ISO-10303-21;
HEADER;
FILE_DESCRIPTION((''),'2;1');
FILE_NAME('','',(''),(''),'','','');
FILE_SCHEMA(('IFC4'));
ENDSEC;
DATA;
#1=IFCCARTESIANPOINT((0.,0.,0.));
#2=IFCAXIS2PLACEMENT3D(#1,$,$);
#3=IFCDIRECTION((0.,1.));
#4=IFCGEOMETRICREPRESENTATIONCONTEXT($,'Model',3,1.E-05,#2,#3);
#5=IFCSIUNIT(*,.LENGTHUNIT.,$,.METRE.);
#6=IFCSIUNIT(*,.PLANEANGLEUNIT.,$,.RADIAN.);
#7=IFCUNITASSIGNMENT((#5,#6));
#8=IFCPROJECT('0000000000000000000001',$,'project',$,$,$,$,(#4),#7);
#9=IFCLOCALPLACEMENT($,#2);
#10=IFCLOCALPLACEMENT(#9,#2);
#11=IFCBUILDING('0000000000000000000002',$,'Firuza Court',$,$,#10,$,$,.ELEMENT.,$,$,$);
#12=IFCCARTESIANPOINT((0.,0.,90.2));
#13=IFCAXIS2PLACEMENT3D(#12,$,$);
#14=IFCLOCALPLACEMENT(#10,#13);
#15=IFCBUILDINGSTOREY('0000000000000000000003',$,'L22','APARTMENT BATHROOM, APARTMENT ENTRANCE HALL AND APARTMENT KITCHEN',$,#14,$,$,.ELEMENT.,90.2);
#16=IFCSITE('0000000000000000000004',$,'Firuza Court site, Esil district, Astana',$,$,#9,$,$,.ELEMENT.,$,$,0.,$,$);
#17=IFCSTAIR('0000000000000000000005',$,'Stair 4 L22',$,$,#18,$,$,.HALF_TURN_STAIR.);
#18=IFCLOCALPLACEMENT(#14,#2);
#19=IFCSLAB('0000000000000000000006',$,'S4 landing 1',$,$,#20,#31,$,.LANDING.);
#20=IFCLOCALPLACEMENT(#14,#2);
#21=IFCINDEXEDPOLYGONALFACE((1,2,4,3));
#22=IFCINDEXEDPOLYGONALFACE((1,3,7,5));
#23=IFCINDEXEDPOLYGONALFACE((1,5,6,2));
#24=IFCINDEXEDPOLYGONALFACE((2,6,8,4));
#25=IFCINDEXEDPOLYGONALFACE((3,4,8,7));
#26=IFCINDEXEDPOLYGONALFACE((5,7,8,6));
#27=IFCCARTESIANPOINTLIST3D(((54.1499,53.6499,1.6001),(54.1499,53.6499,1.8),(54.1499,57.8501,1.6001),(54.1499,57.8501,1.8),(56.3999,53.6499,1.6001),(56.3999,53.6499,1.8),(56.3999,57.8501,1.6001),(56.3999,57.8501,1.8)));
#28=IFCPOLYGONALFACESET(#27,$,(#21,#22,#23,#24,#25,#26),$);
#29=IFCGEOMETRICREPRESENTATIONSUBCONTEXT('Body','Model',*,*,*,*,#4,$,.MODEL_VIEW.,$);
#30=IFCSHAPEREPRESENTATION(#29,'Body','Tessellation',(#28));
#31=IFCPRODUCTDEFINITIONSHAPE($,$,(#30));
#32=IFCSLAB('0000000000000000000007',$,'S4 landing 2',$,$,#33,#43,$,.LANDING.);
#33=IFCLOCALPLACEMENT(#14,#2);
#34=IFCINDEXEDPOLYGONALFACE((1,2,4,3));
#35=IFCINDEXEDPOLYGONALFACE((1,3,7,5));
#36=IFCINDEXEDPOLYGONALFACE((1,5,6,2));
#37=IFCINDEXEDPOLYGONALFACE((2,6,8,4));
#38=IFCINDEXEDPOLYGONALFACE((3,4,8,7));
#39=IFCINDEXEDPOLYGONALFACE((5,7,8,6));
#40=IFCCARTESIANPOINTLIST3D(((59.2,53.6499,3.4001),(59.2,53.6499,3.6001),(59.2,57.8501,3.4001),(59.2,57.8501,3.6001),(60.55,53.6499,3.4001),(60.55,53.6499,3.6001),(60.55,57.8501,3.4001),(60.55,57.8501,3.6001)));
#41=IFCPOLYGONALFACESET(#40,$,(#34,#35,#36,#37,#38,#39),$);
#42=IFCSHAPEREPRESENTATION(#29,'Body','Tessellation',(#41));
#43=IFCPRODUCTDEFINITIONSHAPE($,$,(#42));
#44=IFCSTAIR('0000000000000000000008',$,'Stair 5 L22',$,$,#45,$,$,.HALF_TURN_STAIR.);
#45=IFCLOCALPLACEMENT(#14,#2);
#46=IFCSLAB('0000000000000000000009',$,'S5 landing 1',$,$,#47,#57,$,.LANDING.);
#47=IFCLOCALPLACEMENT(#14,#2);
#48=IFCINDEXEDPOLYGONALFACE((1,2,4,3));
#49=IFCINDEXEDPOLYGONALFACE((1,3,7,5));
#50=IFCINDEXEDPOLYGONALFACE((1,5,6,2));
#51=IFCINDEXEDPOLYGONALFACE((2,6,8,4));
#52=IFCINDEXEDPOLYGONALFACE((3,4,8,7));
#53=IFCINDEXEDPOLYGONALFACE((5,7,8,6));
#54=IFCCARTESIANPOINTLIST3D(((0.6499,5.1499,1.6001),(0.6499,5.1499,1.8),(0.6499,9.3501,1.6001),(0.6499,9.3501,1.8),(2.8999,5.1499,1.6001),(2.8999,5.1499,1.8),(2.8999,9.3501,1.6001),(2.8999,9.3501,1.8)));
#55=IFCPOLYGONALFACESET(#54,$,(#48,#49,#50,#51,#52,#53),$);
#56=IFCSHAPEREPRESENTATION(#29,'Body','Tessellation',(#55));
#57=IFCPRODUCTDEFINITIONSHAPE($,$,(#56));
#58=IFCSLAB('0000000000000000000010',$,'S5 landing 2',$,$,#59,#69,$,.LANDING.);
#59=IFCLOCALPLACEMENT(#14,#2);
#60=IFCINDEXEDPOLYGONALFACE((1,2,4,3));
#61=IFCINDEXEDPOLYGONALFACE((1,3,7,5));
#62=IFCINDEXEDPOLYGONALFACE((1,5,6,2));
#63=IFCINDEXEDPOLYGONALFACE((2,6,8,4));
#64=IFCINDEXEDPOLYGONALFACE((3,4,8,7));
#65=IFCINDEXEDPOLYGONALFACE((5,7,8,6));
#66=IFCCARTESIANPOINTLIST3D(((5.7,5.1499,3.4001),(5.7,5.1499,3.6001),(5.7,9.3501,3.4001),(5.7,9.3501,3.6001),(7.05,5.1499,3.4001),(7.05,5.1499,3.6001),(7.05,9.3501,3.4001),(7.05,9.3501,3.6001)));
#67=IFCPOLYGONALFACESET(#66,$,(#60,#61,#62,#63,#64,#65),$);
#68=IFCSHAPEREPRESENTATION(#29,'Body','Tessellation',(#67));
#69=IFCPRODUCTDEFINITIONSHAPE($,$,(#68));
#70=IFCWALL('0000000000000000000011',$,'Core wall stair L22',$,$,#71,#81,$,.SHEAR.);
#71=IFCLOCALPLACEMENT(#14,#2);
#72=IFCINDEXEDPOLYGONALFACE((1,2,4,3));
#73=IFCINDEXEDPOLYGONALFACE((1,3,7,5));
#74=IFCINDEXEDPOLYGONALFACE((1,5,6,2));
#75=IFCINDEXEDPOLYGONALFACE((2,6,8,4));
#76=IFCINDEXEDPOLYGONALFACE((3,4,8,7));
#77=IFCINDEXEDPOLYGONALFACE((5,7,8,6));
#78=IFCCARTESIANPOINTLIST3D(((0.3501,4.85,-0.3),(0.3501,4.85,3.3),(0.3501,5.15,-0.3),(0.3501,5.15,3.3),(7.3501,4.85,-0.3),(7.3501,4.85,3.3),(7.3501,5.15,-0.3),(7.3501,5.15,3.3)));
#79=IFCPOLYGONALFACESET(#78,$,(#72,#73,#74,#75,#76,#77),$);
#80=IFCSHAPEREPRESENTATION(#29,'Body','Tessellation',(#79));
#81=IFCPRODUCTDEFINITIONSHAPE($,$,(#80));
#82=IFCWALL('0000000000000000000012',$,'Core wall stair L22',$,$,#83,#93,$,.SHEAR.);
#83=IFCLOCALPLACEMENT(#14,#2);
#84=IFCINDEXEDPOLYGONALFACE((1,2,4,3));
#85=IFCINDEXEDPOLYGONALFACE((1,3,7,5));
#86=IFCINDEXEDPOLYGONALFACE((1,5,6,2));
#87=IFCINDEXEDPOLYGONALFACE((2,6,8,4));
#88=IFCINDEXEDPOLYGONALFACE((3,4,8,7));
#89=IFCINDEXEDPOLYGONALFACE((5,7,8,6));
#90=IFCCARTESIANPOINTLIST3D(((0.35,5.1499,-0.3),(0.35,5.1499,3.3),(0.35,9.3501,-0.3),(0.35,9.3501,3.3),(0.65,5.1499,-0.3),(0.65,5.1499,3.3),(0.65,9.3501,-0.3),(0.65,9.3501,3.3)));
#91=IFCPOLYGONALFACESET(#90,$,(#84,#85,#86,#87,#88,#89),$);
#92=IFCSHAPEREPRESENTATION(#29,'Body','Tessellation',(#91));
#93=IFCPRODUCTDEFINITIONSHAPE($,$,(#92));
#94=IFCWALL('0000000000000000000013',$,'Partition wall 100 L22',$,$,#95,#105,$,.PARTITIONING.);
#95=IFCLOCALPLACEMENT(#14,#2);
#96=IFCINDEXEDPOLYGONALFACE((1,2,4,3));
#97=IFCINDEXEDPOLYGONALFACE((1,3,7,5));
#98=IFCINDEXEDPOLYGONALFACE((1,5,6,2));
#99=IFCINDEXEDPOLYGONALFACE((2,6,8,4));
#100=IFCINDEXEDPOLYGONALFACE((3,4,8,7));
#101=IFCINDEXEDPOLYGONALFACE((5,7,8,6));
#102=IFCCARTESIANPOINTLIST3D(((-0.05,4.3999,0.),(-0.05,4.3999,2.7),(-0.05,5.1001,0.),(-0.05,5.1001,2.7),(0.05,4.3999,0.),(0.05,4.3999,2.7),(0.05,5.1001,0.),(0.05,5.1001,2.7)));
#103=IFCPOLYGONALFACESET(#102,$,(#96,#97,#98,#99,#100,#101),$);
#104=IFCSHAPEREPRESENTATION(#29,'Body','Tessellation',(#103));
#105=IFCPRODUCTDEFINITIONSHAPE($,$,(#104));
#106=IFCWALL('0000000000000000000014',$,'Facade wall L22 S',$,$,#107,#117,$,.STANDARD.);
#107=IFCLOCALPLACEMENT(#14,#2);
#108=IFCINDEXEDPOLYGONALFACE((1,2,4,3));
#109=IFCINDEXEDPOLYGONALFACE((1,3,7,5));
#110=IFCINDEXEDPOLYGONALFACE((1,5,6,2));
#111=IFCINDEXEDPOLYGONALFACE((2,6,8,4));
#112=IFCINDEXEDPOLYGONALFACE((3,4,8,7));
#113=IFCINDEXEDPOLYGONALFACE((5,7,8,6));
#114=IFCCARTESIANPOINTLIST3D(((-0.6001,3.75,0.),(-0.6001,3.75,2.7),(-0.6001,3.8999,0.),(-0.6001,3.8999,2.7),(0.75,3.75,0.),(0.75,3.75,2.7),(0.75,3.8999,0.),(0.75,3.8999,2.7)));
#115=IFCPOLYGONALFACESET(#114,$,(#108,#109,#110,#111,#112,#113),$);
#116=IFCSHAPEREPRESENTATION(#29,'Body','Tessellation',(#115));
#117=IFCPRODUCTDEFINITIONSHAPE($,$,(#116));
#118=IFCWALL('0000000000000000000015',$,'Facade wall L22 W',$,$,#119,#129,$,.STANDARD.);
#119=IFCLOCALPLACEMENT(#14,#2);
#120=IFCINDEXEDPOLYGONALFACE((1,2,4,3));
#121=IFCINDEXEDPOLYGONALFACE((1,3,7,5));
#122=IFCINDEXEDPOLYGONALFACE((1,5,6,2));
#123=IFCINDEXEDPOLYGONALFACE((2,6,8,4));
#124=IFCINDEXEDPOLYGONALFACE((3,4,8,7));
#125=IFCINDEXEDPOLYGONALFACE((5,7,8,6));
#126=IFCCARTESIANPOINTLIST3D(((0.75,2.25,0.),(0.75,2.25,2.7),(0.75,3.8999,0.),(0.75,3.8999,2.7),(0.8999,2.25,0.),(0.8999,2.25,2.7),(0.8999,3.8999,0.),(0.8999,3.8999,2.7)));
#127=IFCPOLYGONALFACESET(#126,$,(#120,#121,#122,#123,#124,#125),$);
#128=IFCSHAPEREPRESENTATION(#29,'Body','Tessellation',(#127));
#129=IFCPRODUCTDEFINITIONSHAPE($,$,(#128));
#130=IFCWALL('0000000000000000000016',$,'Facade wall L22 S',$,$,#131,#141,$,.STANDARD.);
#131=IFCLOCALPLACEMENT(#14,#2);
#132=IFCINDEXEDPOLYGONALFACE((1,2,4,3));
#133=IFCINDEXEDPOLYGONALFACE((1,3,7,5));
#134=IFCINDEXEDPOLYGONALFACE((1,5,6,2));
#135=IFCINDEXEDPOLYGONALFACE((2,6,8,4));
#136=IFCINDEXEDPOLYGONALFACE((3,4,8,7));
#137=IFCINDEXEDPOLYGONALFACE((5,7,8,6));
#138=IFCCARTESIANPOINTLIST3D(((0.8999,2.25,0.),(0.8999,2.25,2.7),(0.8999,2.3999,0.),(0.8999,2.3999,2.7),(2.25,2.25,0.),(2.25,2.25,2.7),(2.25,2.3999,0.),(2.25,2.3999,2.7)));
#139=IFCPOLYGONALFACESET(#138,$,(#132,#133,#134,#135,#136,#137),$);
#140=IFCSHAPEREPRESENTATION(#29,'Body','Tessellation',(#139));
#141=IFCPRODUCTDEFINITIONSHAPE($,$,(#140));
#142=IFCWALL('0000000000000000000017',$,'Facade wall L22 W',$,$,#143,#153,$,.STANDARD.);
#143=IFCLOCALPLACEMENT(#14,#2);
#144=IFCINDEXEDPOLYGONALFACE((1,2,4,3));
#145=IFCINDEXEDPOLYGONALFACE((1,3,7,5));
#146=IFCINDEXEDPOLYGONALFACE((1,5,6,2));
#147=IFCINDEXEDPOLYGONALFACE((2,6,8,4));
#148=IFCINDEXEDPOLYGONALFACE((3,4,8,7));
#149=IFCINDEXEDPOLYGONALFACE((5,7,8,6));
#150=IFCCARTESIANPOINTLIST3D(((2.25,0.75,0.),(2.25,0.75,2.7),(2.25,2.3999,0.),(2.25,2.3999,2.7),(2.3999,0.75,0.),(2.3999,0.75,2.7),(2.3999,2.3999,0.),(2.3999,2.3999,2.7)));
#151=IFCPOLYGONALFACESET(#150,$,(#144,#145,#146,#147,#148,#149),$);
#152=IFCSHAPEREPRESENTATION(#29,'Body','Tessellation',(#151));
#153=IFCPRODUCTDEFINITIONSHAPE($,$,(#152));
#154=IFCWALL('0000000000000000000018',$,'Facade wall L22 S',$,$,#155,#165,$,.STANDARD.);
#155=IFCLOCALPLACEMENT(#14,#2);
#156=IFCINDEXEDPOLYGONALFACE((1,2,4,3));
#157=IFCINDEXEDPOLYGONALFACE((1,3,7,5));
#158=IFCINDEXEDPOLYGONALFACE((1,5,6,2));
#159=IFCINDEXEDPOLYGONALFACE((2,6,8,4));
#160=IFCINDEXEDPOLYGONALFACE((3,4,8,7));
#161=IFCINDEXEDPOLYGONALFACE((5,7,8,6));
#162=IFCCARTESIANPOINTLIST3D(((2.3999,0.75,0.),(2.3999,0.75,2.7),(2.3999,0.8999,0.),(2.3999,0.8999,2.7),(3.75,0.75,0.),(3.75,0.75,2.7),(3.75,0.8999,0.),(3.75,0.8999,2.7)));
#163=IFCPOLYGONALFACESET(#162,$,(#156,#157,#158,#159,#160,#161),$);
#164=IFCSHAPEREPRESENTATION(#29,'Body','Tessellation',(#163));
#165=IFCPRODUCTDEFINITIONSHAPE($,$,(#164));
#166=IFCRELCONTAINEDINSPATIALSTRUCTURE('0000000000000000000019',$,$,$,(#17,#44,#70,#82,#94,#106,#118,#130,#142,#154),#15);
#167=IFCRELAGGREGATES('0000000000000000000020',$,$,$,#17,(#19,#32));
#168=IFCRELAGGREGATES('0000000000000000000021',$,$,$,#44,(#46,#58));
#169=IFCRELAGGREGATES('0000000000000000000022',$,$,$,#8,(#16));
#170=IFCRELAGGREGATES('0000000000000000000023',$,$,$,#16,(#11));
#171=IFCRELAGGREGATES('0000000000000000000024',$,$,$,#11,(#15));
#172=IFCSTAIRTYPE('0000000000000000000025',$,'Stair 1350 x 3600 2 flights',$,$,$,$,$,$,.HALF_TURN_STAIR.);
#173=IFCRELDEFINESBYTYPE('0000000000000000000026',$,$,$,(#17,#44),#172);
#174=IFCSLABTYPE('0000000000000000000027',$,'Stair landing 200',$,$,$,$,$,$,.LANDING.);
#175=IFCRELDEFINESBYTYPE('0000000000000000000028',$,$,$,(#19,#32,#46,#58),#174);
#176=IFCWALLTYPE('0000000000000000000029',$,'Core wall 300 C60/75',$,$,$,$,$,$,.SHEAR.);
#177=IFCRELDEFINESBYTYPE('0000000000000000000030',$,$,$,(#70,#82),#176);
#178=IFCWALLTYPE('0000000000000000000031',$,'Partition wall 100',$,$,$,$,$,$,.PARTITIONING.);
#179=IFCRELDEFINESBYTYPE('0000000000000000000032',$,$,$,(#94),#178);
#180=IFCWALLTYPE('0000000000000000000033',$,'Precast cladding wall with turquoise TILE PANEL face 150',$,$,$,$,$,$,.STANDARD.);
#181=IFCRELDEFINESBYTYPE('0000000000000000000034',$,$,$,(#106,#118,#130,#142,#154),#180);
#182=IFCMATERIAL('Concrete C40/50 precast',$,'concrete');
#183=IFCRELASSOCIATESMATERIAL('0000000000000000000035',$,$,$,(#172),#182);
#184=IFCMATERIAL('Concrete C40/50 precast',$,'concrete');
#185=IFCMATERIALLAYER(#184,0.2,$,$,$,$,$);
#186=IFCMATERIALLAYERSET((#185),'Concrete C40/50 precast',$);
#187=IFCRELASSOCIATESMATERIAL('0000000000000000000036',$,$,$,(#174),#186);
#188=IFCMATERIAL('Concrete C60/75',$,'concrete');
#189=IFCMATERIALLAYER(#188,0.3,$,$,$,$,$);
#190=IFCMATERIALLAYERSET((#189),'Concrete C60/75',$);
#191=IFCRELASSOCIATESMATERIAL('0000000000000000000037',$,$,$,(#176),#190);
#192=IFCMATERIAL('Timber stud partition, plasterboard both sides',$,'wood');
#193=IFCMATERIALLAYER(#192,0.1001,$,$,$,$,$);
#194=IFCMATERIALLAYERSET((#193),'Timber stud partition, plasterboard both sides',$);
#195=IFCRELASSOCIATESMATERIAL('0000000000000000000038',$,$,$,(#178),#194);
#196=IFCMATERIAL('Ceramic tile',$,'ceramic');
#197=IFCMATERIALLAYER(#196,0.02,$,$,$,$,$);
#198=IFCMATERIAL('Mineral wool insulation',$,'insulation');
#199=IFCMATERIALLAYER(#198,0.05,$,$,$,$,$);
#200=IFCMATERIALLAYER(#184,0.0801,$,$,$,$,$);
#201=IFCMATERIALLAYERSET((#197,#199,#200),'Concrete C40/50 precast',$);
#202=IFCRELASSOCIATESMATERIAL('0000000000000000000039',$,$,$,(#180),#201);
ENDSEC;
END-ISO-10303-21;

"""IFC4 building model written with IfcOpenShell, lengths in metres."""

from ifc_helpers import new_model, si_unit, direction, frame, frame_2d, origin, place, context, subcontext, project, spatial, polyline, rectangle, outline, extrude, material, layer, layer_set, type_object, element, aggregate, save


model = new_model("IFC4")

# Units and contexts
model_context = context("Model", 3, precision=1e-05, world=origin(), true_north=direction((0.0, 1.0)))
body_context = subcontext(model_context, "Body", "Model", "MODEL_VIEW")
ifc_project = project(units=[si_unit("LENGTHUNIT", "METRE"), si_unit("PLANEANGLEUNIT", "RADIAN")], contexts=[model_context])

# Site, building, storey
site_placement = place(None, origin())
site = spatial("IfcSite", under=ifc_project, at=site_placement, Name="Firuza Court site, Esil district, Astana", CompositionType="ELEMENT", RefElevation=0.0)
building_placement = place(site_placement, origin())
building = spatial("IfcBuilding", under=site, at=building_placement, Name="Firuza Court", CompositionType="ELEMENT")
storey_placement = place(building_placement, frame((0.0, 0.0, 90.2)))
storey = spatial("IfcBuildingStorey", under=building, at=storey_placement, Name="L22", Description="APARTMENT BATHROOM, APARTMENT ENTRANCE HALL AND APARTMENT KITCHEN", CompositionType="ELEMENT", Elevation=90.2)

# Stairs, slabs
ifc_material_1 = material(Name="Concrete C40/50 precast", Category="concrete")
stair_type = type_object("IfcStairType", Name="Stair 1350 x 3600 2 flights", PredefinedType="HALF_TURN_STAIR", material=ifc_material_1)
ifc_material_2 = material(Name="Concrete C40/50 precast", Category="concrete")
ifc_layer_1 = layer(ifc_material_2, 0.2)
ifc_layer_set_1 = layer_set([ifc_layer_1], Name="Concrete C40/50 precast")
slab_type_1 = type_object("IfcSlabType", Name="Stair landing 200", PredefinedType="LANDING", material=ifc_layer_set_1)
stair_1_placement = place(storey_placement, origin())
stair_1 = element("IfcStair", 1, at=stair_1_placement, inside=storey, type_object=stair_type, Name="Stair 4 L22", PredefinedType="HALF_TURN_STAIR")
slab_1_placement = place(storey_placement, frame((0.0, 0.0, 1.6001)))
slab_1 = element("IfcSlab", 2, at=slab_1_placement, type_object=slab_type_1, Name="S4 landing 1", PredefinedType="LANDING", context=body_context, shape_type="SweptSolid", body=[
    extrude(outline(polyline([(56.3999, 53.6499), (56.3999, 57.8501), (54.1499, 57.8501), (54.1499, 53.6499), (56.3999, 53.6499)])), origin(), (0.0, 0.0, 1.0), 0.2),
])
slab_2_placement = place(storey_placement, frame((0.0, 0.0, 3.4001)))
slab_2 = element("IfcSlab", 3, at=slab_2_placement, type_object=slab_type_1, Name="S4 landing 2", PredefinedType="LANDING", context=body_context, shape_type="SweptSolid", body=[
    extrude(outline(polyline([(60.55, 53.6499), (60.55, 57.8501), (59.2, 57.8501), (59.2, 53.6499), (60.55, 53.6499)])), origin(), (0.0, 0.0, 1.0), 0.2),
])
aggregate(stair_1, [slab_1, slab_2])
stair_2_placement = place(storey_placement, origin())
stair_2 = element("IfcStair", 4, at=stair_2_placement, inside=storey, type_object=stair_type, Name="Stair 5 L22", PredefinedType="HALF_TURN_STAIR")
slab_3_placement = place(storey_placement, frame((0.0, 0.0, 1.6001)))
slab_3 = element("IfcSlab", 5, at=slab_3_placement, type_object=slab_type_1, Name="S5 landing 1", PredefinedType="LANDING", context=body_context, shape_type="SweptSolid", body=[
    extrude(outline(polyline([(2.8999, 5.1499), (2.8999, 9.3501), (0.6499, 9.3501), (0.6499, 5.1499), (2.8999, 5.1499)])), origin(), (0.0, 0.0, 1.0), 0.2),
])
slab_4_placement = place(storey_placement, frame((0.0, 0.0, 3.4001)))
slab_4 = element("IfcSlab", 6, at=slab_4_placement, type_object=slab_type_1, Name="S5 landing 2", PredefinedType="LANDING", context=body_context, shape_type="SweptSolid", body=[
    extrude(outline(polyline([(7.05, 5.1499), (7.05, 9.3501), (5.7, 9.3501), (5.7, 5.1499), (7.05, 5.1499)])), origin(), (0.0, 0.0, 1.0), 0.2),
])
aggregate(stair_2, [slab_3, slab_4])

# Walls
ifc_material_3 = material(Name="Concrete C60/75", Category="concrete")
ifc_layer_2 = layer(ifc_material_3, 0.3)
ifc_layer_set_2 = layer_set([ifc_layer_2], Name="Concrete C60/75")
wall_type_1 = type_object("IfcWallType", Name="Core wall 300 C60/75", PredefinedType="SHEAR", material=ifc_layer_set_2)
wall_1_placement = place(storey_placement, frame((0.3501, 5.0, -0.3), z_axis=(0.0, 0.0, 1.0), x_axis=(1.0, 0.0, 0.0)))
element("IfcWall", 7, at=wall_1_placement, inside=storey, type_object=wall_type_1, Name="Core wall stair L22", PredefinedType="SHEAR", context=body_context, shape_type="SweptSolid", body=[
    extrude(rectangle(XDim=7.0, YDim=0.3, at=frame_2d((3.5, 0.0))), origin(), (0.0, 0.0, 1.0), 3.6001),
])
wall_2_placement = place(storey_placement, frame((0.5, 5.1499, -0.3), z_axis=(0.0, 0.0, 1.0), x_axis=(0.0, 1.0, 0.0)))
element("IfcWall", 8, at=wall_2_placement, inside=storey, type_object=wall_type_1, Name="Core wall stair L22", PredefinedType="SHEAR", context=body_context, shape_type="SweptSolid", body=[
    extrude(rectangle(XDim=4.2002, YDim=0.3, at=frame_2d((2.1001, 0.0))), origin(), (0.0, 0.0, 1.0), 3.6001),
])
ifc_material_4 = material(Name="Timber stud partition, plasterboard both sides", Category="wood")
ifc_layer_3 = layer(ifc_material_4, 0.1001)
ifc_layer_set_3 = layer_set([ifc_layer_3], Name="Timber stud partition, plasterboard both sides")
wall_type_2 = type_object("IfcWallType", Name="Partition wall 100", PredefinedType="PARTITIONING", material=ifc_layer_set_3)
wall_3_placement = place(storey_placement, frame((0.0, 4.3999, 0.0), z_axis=(0.0, 0.0, 1.0), x_axis=(0.0, 1.0, 0.0)))
element("IfcWall", 9, at=wall_3_placement, inside=storey, type_object=wall_type_2, Name="Partition wall 100 L22", PredefinedType="PARTITIONING", context=body_context, shape_type="SweptSolid", body=[
    extrude(rectangle(XDim=0.7002, YDim=0.1001, at=frame_2d((0.3501, 0.0))), origin(), (0.0, 0.0, 1.0), 2.7),
])
ifc_material_5 = material(Name="Ceramic tile", Category="ceramic")
ifc_layer_4 = layer(ifc_material_5, 0.02)
ifc_material_6 = material(Name="Mineral wool insulation", Category="insulation")
ifc_layer_5 = layer(ifc_material_6, 0.05)
ifc_layer_6 = layer(ifc_material_2, 0.0801)
ifc_layer_set_4 = layer_set([ifc_layer_4, ifc_layer_5, ifc_layer_6], Name="Concrete C40/50 precast")
wall_type_3 = type_object("IfcWallType", Name="Precast cladding wall with turquoise TILE PANEL face 150", PredefinedType="STANDARD", material=ifc_layer_set_4)
wall_4_placement = place(storey_placement, frame((-0.6001, 3.825, 0.0), z_axis=(0.0, 0.0, 1.0), x_axis=(1.0, 0.0, 0.0)))
element("IfcWall", 10, at=wall_4_placement, inside=storey, type_object=wall_type_3, Name="Facade wall L22 S", PredefinedType="STANDARD", context=body_context, shape_type="SweptSolid", body=[
    extrude(rectangle(XDim=1.3501, YDim=0.1499, at=frame_2d((0.675, 0.0))), origin(), (0.0, 0.0, 1.0), 2.7),
])
wall_5_placement = place(storey_placement, frame((0.825, 3.8999, 0.0), z_axis=(0.0, 0.0, 1.0), x_axis=(0.0, -1.0, 0.0)))
element("IfcWall", 11, at=wall_5_placement, inside=storey, type_object=wall_type_3, Name="Facade wall L22 W", PredefinedType="STANDARD", context=body_context, shape_type="SweptSolid", body=[
    extrude(rectangle(XDim=1.6499, YDim=0.1499, at=frame_2d((0.825, 0.0))), origin(), (0.0, 0.0, 1.0), 2.7),
])
wall_6_placement = place(storey_placement, frame((0.8999, 2.325, 0.0), z_axis=(0.0, 0.0, 1.0), x_axis=(1.0, 0.0, 0.0)))
element("IfcWall", 12, at=wall_6_placement, inside=storey, type_object=wall_type_3, Name="Facade wall L22 S", PredefinedType="STANDARD", context=body_context, shape_type="SweptSolid", body=[
    extrude(rectangle(XDim=1.3501, YDim=0.1499, at=frame_2d((0.675, 0.0))), origin(), (0.0, 0.0, 1.0), 2.7),
])
wall_7_placement = place(storey_placement, frame((2.325, 2.3999, 0.0), z_axis=(0.0, 0.0, 1.0), x_axis=(0.0, -1.0, 0.0)))
element("IfcWall", 13, at=wall_7_placement, inside=storey, type_object=wall_type_3, Name="Facade wall L22 W", PredefinedType="STANDARD", context=body_context, shape_type="SweptSolid", body=[
    extrude(rectangle(XDim=1.6499, YDim=0.1499, at=frame_2d((0.825, 0.0))), origin(), (0.0, 0.0, 1.0), 2.7),
])
wall_8_placement = place(storey_placement, frame((2.3999, 0.825, 0.0), z_axis=(0.0, 0.0, 1.0), x_axis=(1.0, 0.0, 0.0)))
element("IfcWall", 14, at=wall_8_placement, inside=storey, type_object=wall_type_3, Name="Facade wall L22 S", PredefinedType="STANDARD", context=body_context, shape_type="SweptSolid", body=[
    extrude(rectangle(XDim=1.3501, YDim=0.1499, at=frame_2d((0.675, 0.0))), origin(), (0.0, 0.0, 1.0), 2.7),
])

save(model, "model.ifc")
